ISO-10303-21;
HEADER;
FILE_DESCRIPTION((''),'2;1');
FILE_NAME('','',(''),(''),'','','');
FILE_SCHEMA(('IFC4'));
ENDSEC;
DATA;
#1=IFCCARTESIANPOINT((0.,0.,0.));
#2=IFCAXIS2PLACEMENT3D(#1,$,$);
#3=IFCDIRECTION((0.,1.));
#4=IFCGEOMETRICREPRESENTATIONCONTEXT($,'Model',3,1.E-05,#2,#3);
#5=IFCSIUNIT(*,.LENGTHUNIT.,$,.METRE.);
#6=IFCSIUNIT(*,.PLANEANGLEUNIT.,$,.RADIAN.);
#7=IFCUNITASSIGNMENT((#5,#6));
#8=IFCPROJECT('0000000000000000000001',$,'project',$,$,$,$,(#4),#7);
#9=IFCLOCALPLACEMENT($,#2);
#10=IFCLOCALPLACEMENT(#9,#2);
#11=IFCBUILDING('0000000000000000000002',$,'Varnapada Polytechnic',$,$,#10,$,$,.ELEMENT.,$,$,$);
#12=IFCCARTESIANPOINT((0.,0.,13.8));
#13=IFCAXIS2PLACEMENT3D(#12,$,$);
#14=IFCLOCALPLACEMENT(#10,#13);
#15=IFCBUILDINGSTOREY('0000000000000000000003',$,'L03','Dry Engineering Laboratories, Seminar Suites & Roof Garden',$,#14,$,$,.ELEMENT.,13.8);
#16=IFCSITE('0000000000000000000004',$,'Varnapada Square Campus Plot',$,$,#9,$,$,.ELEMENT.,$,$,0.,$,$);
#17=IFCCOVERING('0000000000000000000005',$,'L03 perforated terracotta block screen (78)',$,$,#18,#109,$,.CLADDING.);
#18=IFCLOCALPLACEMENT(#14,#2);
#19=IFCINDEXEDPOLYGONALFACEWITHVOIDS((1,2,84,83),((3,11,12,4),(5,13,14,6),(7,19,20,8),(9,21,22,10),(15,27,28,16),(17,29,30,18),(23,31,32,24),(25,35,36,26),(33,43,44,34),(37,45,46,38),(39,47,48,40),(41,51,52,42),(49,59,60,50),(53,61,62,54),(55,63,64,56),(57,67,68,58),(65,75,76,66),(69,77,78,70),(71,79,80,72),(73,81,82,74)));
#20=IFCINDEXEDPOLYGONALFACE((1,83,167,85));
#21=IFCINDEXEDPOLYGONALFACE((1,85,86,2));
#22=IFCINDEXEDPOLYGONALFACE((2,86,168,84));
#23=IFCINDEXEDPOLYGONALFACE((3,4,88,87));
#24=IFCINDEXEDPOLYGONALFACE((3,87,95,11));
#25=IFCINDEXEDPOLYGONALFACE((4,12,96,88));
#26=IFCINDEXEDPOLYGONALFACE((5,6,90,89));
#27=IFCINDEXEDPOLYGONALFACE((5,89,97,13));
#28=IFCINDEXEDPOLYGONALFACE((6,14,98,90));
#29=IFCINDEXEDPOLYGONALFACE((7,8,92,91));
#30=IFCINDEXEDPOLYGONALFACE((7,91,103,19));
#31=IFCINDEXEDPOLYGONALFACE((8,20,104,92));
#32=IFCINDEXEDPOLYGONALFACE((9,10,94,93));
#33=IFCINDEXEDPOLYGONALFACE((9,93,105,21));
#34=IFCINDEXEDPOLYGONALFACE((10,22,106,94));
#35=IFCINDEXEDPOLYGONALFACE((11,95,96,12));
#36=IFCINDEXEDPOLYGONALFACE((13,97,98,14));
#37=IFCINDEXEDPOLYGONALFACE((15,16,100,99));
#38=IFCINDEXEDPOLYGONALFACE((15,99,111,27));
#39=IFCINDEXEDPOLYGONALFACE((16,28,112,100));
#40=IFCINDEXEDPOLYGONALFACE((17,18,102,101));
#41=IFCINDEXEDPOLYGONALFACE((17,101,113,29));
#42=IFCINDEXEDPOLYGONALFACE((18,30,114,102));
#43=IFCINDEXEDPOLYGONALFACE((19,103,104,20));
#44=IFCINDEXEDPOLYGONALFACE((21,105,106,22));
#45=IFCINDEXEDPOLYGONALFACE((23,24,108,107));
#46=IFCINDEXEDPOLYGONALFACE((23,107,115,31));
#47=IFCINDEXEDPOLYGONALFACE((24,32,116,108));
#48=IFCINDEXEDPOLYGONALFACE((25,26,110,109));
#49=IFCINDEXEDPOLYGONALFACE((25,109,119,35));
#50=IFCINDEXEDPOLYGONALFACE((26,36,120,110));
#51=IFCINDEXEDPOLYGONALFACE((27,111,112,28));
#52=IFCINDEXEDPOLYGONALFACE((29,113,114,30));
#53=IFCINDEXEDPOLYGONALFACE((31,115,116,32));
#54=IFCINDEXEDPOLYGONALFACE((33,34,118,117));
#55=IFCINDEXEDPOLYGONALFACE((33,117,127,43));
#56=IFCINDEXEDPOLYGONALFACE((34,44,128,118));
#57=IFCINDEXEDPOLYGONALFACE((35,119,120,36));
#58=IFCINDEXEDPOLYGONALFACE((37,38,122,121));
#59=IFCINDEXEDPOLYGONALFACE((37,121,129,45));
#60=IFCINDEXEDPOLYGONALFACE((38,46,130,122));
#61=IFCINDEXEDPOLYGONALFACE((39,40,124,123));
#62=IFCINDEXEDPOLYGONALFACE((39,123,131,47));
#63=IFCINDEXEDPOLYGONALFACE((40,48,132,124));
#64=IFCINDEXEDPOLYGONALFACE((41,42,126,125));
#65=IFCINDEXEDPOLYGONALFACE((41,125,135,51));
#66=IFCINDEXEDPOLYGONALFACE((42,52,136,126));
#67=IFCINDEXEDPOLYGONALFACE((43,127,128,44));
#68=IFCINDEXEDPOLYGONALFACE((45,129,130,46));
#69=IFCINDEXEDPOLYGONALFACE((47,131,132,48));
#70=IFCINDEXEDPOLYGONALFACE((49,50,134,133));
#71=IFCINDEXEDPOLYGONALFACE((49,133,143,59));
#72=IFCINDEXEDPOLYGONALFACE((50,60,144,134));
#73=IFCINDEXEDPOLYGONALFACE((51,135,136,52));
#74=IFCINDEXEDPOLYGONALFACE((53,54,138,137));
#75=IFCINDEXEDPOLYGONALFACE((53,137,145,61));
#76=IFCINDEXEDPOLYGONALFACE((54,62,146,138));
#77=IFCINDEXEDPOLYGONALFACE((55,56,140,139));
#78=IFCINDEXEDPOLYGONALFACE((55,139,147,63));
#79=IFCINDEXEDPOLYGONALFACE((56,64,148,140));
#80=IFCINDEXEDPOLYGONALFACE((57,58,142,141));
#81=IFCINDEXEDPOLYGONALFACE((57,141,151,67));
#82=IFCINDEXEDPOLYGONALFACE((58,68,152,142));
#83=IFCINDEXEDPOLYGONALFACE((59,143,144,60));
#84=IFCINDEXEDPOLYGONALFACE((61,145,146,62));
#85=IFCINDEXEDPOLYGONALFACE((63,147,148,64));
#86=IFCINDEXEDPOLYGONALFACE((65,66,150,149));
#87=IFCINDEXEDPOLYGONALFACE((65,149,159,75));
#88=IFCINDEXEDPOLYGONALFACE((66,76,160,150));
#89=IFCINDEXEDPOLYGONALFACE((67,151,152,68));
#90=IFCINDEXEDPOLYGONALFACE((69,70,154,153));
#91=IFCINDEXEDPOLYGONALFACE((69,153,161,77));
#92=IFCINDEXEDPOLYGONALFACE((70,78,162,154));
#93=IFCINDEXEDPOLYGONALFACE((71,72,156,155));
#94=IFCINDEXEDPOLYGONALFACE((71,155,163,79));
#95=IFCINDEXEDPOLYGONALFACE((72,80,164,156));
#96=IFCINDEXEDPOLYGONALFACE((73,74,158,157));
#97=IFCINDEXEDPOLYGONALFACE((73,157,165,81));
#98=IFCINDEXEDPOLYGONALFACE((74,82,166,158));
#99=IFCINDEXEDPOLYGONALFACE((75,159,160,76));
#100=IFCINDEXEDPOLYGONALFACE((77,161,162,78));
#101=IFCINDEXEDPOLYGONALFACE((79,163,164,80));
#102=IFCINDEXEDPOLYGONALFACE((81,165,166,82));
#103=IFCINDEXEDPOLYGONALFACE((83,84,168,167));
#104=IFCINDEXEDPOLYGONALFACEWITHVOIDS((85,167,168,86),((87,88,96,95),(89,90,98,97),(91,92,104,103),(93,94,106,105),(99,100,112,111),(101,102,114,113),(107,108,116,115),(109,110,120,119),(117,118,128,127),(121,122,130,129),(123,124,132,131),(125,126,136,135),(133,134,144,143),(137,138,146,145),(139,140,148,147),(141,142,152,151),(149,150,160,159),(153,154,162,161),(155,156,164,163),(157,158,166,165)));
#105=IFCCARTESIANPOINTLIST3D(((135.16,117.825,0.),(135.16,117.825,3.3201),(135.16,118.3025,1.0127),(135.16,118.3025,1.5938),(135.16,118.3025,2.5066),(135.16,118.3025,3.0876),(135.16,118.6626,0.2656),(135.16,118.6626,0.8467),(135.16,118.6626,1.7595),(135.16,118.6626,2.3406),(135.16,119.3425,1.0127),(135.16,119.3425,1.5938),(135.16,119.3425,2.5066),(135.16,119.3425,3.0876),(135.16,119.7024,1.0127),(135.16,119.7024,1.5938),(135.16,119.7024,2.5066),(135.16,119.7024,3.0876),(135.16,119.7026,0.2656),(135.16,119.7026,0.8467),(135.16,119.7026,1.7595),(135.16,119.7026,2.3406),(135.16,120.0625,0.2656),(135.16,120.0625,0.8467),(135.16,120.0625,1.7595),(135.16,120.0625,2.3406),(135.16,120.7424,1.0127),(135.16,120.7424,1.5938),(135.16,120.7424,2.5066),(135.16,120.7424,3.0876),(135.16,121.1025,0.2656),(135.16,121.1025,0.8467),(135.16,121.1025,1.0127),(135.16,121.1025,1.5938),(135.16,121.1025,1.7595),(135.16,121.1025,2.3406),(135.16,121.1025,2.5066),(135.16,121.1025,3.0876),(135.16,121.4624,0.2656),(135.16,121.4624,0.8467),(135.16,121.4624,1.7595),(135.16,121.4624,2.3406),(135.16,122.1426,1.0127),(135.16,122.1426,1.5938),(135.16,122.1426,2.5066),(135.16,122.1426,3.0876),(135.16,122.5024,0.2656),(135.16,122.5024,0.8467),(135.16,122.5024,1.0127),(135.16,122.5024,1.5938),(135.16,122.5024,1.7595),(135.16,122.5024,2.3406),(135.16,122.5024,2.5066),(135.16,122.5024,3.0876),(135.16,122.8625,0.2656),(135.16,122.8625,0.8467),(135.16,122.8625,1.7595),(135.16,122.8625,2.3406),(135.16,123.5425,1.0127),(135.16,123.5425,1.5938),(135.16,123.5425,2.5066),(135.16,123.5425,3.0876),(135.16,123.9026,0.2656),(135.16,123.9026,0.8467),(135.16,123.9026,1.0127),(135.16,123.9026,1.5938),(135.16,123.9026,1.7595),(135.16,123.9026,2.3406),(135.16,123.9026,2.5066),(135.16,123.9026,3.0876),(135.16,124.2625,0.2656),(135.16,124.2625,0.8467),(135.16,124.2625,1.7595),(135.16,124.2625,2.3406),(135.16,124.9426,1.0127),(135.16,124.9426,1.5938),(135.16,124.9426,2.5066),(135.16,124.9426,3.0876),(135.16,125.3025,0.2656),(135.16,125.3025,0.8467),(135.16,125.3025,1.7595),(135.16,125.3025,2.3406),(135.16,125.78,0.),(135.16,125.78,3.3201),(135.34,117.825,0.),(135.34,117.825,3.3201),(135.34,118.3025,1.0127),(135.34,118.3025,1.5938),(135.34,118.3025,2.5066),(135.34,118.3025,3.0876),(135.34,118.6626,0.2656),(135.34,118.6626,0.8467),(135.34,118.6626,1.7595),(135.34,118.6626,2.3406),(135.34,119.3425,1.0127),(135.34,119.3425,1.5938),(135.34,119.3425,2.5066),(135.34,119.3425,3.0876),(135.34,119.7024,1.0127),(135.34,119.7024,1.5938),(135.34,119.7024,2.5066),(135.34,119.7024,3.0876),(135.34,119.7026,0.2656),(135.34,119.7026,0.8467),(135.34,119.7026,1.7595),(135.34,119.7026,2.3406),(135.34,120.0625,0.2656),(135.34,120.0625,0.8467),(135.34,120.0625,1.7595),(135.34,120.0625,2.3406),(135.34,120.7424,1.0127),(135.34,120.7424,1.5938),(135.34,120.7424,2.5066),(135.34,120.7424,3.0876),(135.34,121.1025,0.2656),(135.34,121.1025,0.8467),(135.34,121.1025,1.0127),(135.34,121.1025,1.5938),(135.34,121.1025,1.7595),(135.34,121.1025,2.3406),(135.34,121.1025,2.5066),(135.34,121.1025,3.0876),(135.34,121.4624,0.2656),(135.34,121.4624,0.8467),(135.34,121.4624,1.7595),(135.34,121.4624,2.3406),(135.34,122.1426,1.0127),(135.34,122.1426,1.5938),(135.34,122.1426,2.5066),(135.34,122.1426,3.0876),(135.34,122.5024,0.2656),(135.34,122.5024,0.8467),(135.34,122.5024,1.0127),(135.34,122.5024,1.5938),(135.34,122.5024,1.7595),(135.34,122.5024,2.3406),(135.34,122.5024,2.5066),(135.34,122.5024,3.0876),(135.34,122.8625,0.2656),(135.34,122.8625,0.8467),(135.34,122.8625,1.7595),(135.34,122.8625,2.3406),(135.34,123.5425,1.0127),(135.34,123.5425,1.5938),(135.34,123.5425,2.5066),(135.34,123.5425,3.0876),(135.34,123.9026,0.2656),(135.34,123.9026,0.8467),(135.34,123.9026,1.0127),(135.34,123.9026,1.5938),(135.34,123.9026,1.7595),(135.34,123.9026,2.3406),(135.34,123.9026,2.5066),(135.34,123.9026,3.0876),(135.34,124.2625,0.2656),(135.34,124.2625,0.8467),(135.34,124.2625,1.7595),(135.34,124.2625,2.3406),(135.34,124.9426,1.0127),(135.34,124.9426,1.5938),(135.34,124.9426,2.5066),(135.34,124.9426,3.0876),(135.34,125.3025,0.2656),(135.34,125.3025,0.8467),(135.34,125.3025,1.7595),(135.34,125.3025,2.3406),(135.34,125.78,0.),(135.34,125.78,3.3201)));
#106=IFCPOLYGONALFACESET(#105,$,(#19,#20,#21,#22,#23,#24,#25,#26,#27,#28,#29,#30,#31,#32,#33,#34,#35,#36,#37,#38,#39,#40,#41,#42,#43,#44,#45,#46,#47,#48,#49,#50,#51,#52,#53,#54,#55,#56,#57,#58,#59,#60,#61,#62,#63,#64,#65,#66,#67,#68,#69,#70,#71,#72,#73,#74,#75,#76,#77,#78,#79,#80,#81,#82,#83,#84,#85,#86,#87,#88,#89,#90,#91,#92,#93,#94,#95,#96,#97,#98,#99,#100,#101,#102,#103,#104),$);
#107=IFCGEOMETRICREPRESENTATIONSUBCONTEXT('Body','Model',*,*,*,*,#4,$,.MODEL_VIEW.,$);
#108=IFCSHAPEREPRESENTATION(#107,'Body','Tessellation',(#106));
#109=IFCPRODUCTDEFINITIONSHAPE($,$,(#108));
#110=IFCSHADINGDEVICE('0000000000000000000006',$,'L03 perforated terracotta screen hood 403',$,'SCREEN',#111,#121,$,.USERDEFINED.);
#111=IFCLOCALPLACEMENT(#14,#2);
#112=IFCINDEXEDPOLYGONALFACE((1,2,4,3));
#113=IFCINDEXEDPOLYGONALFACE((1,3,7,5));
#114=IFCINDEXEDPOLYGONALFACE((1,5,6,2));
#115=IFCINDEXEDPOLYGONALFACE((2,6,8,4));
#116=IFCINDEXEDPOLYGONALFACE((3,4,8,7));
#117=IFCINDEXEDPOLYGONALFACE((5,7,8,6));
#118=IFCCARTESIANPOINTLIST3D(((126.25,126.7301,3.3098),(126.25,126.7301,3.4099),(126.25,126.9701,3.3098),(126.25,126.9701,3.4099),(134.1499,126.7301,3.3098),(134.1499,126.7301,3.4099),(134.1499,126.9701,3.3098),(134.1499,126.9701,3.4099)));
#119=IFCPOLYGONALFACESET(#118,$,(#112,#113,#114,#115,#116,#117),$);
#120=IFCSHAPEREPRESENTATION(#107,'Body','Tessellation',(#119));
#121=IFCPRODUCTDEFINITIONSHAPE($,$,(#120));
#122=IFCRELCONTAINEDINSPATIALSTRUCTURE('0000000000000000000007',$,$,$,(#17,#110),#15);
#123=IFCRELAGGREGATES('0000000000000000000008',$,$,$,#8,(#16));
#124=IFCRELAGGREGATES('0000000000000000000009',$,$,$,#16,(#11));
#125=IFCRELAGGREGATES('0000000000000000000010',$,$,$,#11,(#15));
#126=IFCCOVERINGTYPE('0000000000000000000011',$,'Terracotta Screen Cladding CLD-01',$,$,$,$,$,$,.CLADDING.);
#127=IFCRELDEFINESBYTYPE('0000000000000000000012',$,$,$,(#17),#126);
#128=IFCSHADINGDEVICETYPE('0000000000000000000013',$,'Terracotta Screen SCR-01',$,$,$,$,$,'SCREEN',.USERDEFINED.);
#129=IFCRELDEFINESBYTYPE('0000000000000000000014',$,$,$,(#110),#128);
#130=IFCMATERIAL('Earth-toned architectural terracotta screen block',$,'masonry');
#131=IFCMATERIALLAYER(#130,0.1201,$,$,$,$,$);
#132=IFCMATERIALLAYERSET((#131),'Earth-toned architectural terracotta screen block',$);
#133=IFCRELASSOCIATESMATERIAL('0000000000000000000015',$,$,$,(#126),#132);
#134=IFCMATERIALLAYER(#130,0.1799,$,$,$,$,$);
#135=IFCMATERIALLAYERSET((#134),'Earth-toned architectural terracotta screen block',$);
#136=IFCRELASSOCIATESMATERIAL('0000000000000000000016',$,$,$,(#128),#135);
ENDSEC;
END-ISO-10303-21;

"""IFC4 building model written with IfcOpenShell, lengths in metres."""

from ifc_helpers import new_model, si_unit, direction, frame, frame_2d, origin, origin_2d, place, context, subcontext, project, spatial, rectangle, extrude, material, layer, layer_set, type_object, element, save


model = new_model("IFC4")

# Units and contexts
model_context = context("Model", 3, precision=1e-05, world=origin(), true_north=direction((0.0, 1.0)))
body_context = subcontext(model_context, "Body", "Model", "MODEL_VIEW")
ifc_project = project(units=[si_unit("LENGTHUNIT", "METRE"), si_unit("PLANEANGLEUNIT", "RADIAN")], contexts=[model_context])

# Site, building, storey
site_placement = place(None, origin())
site = spatial("IfcSite", under=ifc_project, at=site_placement, Name="Varnapada Square Campus Plot", CompositionType="ELEMENT", RefElevation=0.0)
building_placement = place(site_placement, origin())
building = spatial("IfcBuilding", under=site, at=building_placement, Name="Varnapada Polytechnic", CompositionType="ELEMENT")
storey_placement = place(building_placement, frame((0.0, 0.0, 13.8)))
storey = spatial("IfcBuildingStorey", under=building, at=storey_placement, Name="L03", Description="Dry Engineering Laboratories, Seminar Suites & Roof Garden", CompositionType="ELEMENT", Elevation=13.8)

# Covering, openings
ifc_material_1 = material(Name="Earth-toned architectural terracotta screen block", Category="masonry")
ifc_layer_1 = layer(ifc_material_1, 0.1201)
ifc_layer_set_1 = layer_set([ifc_layer_1], Name="Earth-toned architectural terracotta screen block")
covering_type_1 = type_object("IfcCoveringType", Name="Terracotta Screen Cladding CLD-01", PredefinedType="CLADDING", material=ifc_layer_set_1)
covering_1_placement = place(storey_placement, frame((135.25, 125.78, 0.0), z_axis=(0.0, 0.0, 1.0), x_axis=(0.0, -1.0, 0.0)))
covering_1 = element("IfcCovering", 1, at=covering_1_placement, inside=storey, type_object=covering_type_1, Name="L03 perforated terracotta block screen (78)", PredefinedType="CLADDING", context=body_context, shape_type="SweptSolid", body=[
    extrude(rectangle(XDim=7.9551, YDim=0.1799, at=frame_2d((3.9775, 0.0))), origin(), (0.0, 0.0, 1.0), 3.3201),
])
opening_1_placement = place(covering_1_placement, frame((0.4775, 0.0, 0.2656)))
element("IfcOpeningElement", 2, at=opening_1_placement, cuts=covering_1, PredefinedType="OPENING", context=body_context, shape_type="SweptSolid", body=[
    extrude(rectangle(XDim=1.04, YDim=0.5811, at=frame_2d((0.52, 0.2905))), frame((0.0, 0.0999, 0.0), z_axis=(0.0, -1.0, 0.0), x_axis=(1.0, 0.0, 0.0)), (0.0, 0.0, 1.0), 0.2),
])
opening_2_placement = place(covering_1_placement, frame((1.8774, 0.0, 0.2656)))
element("IfcOpeningElement", 3, at=opening_2_placement, cuts=covering_1, PredefinedType="OPENING", context=body_context, shape_type="SweptSolid", body=[
    extrude(rectangle(XDim=1.04, YDim=0.5811, at=frame_2d((0.52, 0.2905))), frame((0.0, 0.0999, 0.0), z_axis=(0.0, -1.0, 0.0), x_axis=(1.0, 0.0, 0.0)), (0.0, 0.0, 1.0), 0.2),
])
opening_3_placement = place(covering_1_placement, frame((3.2776, 0.0, 0.2656)))
element("IfcOpeningElement", 4, at=opening_3_placement, cuts=covering_1, PredefinedType="OPENING", context=body_context, shape_type="SweptSolid", body=[
    extrude(rectangle(XDim=1.04, YDim=0.5811, at=frame_2d((0.52, 0.2905))), frame((0.0, 0.0999, 0.0), z_axis=(0.0, -1.0, 0.0), x_axis=(1.0, 0.0, 0.0)), (0.0, 0.0, 1.0), 0.2),
])
opening_4_placement = place(covering_1_placement, frame((4.6775, 0.0, 0.2656)))
element("IfcOpeningElement", 5, at=opening_4_placement, cuts=covering_1, PredefinedType="OPENING", context=body_context, shape_type="SweptSolid", body=[
    extrude(rectangle(XDim=1.04, YDim=0.5811, at=frame_2d((0.52, 0.2905))), frame((0.0, 0.0999, 0.0), z_axis=(0.0, -1.0, 0.0), x_axis=(1.0, 0.0, 0.0)), (0.0, 0.0, 1.0), 0.2),
])
opening_5_placement = place(covering_1_placement, frame((6.0774, 0.0, 0.2656)))
element("IfcOpeningElement", 6, at=opening_5_placement, cuts=covering_1, PredefinedType="OPENING", context=body_context, shape_type="SweptSolid", body=[
    extrude(rectangle(XDim=1.04, YDim=0.5811, at=frame_2d((0.52, 0.2905))), frame((0.0, 0.0999, 0.0), z_axis=(0.0, -1.0, 0.0), x_axis=(1.0, 0.0, 0.0)), (0.0, 0.0, 1.0), 0.2),
])
opening_6_placement = place(covering_1_placement, frame((0.8374, 0.0, 1.0127)))
element("IfcOpeningElement", 7, at=opening_6_placement, cuts=covering_1, PredefinedType="OPENING", context=body_context, shape_type="SweptSolid", body=[
    extrude(rectangle(XDim=1.04, YDim=0.5811, at=frame_2d((0.52, 0.2905))), frame((0.0, 0.0999, 0.0), z_axis=(0.0, -1.0, 0.0), x_axis=(1.0, 0.0, 0.0)), (0.0, 0.0, 1.0), 0.2),
])
opening_7_placement = place(covering_1_placement, frame((2.2375, 0.0, 1.0127)))
element("IfcOpeningElement", 8, at=opening_7_placement, cuts=covering_1, PredefinedType="OPENING", context=body_context, shape_type="SweptSolid", body=[
    extrude(rectangle(XDim=1.04, YDim=0.5811, at=frame_2d((0.52, 0.2905))), frame((0.0, 0.0999, 0.0), z_axis=(0.0, -1.0, 0.0), x_axis=(1.0, 0.0, 0.0)), (0.0, 0.0, 1.0), 0.2),
])
opening_8_placement = place(covering_1_placement, frame((3.6375, 0.0, 1.0127)))
element("IfcOpeningElement", 9, at=opening_8_placement, cuts=covering_1, PredefinedType="OPENING", context=body_context, shape_type="SweptSolid", body=[
    extrude(rectangle(XDim=1.04, YDim=0.5811, at=frame_2d((0.52, 0.2905))), frame((0.0, 0.0999, 0.0), z_axis=(0.0, -1.0, 0.0), x_axis=(1.0, 0.0, 0.0)), (0.0, 0.0, 1.0), 0.2),
])
opening_9_placement = place(covering_1_placement, frame((5.0376, 0.0, 1.0127)))
element("IfcOpeningElement", 10, at=opening_9_placement, cuts=covering_1, PredefinedType="OPENING", context=body_context, shape_type="SweptSolid", body=[
    extrude(rectangle(XDim=1.04, YDim=0.5811, at=frame_2d((0.52, 0.2905))), frame((0.0, 0.0999, 0.0), z_axis=(0.0, -1.0, 0.0), x_axis=(1.0, 0.0, 0.0)), (0.0, 0.0, 1.0), 0.2),
])
opening_10_placement = place(covering_1_placement, frame((6.4375, 0.0, 1.0127)))
element("IfcOpeningElement", 11, at=opening_10_placement, cuts=covering_1, PredefinedType="OPENING", context=body_context, shape_type="SweptSolid", body=[
    extrude(rectangle(XDim=1.04, YDim=0.5811, at=frame_2d((0.52, 0.2905))), frame((0.0, 0.0999, 0.0), z_axis=(0.0, -1.0, 0.0), x_axis=(1.0, 0.0, 0.0)), (0.0, 0.0, 1.0), 0.2),
])
opening_11_placement = place(covering_1_placement, frame((0.4775, 0.0, 1.7595)))
element("IfcOpeningElement", 12, at=opening_11_placement, cuts=covering_1, PredefinedType="OPENING", context=body_context, shape_type="SweptSolid", body=[
    extrude(rectangle(XDim=1.04, YDim=0.5811, at=frame_2d((0.52, 0.2905))), frame((0.0, 0.0999, 0.0), z_axis=(0.0, -1.0, 0.0), x_axis=(1.0, 0.0, 0.0)), (0.0, 0.0, 1.0), 0.2),
])
opening_12_placement = place(covering_1_placement, frame((1.8774, 0.0, 1.7595)))
element("IfcOpeningElement", 13, at=opening_12_placement, cuts=covering_1, PredefinedType="OPENING", context=body_context, shape_type="SweptSolid", body=[
    extrude(rectangle(XDim=1.04, YDim=0.5811, at=frame_2d((0.52, 0.2905))), frame((0.0, 0.0999, 0.0), z_axis=(0.0, -1.0, 0.0), x_axis=(1.0, 0.0, 0.0)), (0.0, 0.0, 1.0), 0.2),
])
opening_13_placement = place(covering_1_placement, frame((3.2776, 0.0, 1.7595)))
element("IfcOpeningElement", 14, at=opening_13_placement, cuts=covering_1, PredefinedType="OPENING", context=body_context, shape_type="SweptSolid", body=[
    extrude(rectangle(XDim=1.04, YDim=0.5811, at=frame_2d((0.52, 0.2905))), frame((0.0, 0.0999, 0.0), z_axis=(0.0, -1.0, 0.0), x_axis=(1.0, 0.0, 0.0)), (0.0, 0.0, 1.0), 0.2),
])
opening_14_placement = place(covering_1_placement, frame((4.6775, 0.0, 1.7595)))
element("IfcOpeningElement", 15, at=opening_14_placement, cuts=covering_1, PredefinedType="OPENING", context=body_context, shape_type="SweptSolid", body=[
    extrude(rectangle(XDim=1.04, YDim=0.5811, at=frame_2d((0.52, 0.2905))), frame((0.0, 0.0999, 0.0), z_axis=(0.0, -1.0, 0.0), x_axis=(1.0, 0.0, 0.0)), (0.0, 0.0, 1.0), 0.2),
])
opening_15_placement = place(covering_1_placement, frame((6.0774, 0.0, 1.7595)))
element("IfcOpeningElement", 16, at=opening_15_placement, cuts=covering_1, PredefinedType="OPENING", context=body_context, shape_type="SweptSolid", body=[
    extrude(rectangle(XDim=1.04, YDim=0.5811, at=frame_2d((0.52, 0.2905))), frame((0.0, 0.0999, 0.0), z_axis=(0.0, -1.0, 0.0), x_axis=(1.0, 0.0, 0.0)), (0.0, 0.0, 1.0), 0.2),
])
opening_16_placement = place(covering_1_placement, frame((0.8374, 0.0, 2.5066)))
element("IfcOpeningElement", 17, at=opening_16_placement, cuts=covering_1, PredefinedType="OPENING", context=body_context, shape_type="SweptSolid", body=[
    extrude(rectangle(XDim=1.04, YDim=0.5811, at=frame_2d((0.52, 0.2905))), frame((0.0, 0.0999, 0.0), z_axis=(0.0, -1.0, 0.0), x_axis=(1.0, 0.0, 0.0)), (0.0, 0.0, 1.0), 0.2),
])
opening_17_placement = place(covering_1_placement, frame((2.2375, 0.0, 2.5066)))
element("IfcOpeningElement", 18, at=opening_17_placement, cuts=covering_1, PredefinedType="OPENING", context=body_context, shape_type="SweptSolid", body=[
    extrude(rectangle(XDim=1.04, YDim=0.5811, at=frame_2d((0.52, 0.2905))), frame((0.0, 0.0999, 0.0), z_axis=(0.0, -1.0, 0.0), x_axis=(1.0, 0.0, 0.0)), (0.0, 0.0, 1.0), 0.2),
])
opening_18_placement = place(covering_1_placement, frame((3.6375, 0.0, 2.5066)))
element("IfcOpeningElement", 19, at=opening_18_placement, cuts=covering_1, PredefinedType="OPENING", context=body_context, shape_type="SweptSolid", body=[
    extrude(rectangle(XDim=1.04, YDim=0.5811, at=frame_2d((0.52, 0.2905))), frame((0.0, 0.0999, 0.0), z_axis=(0.0, -1.0, 0.0), x_axis=(1.0, 0.0, 0.0)), (0.0, 0.0, 1.0), 0.2),
])
opening_19_placement = place(covering_1_placement, frame((5.0376, 0.0, 2.5066)))
element("IfcOpeningElement", 20, at=opening_19_placement, cuts=covering_1, PredefinedType="OPENING", context=body_context, shape_type="SweptSolid", body=[
    extrude(rectangle(XDim=1.04, YDim=0.5811, at=frame_2d((0.52, 0.2905))), frame((0.0, 0.0999, 0.0), z_axis=(0.0, -1.0, 0.0), x_axis=(1.0, 0.0, 0.0)), (0.0, 0.0, 1.0), 0.2),
])
opening_20_placement = place(covering_1_placement, frame((6.4375, 0.0, 2.5066)))
element("IfcOpeningElement", 21, at=opening_20_placement, cuts=covering_1, PredefinedType="OPENING", context=body_context, shape_type="SweptSolid", body=[
    extrude(rectangle(XDim=1.04, YDim=0.5811, at=frame_2d((0.52, 0.2905))), frame((0.0, 0.0999, 0.0), z_axis=(0.0, -1.0, 0.0), x_axis=(1.0, 0.0, 0.0)), (0.0, 0.0, 1.0), 0.2),
])

# Shading device
ifc_layer_2 = layer(ifc_material_1, 0.1799)
ifc_layer_set_2 = layer_set([ifc_layer_2], Name="Earth-toned architectural terracotta screen block")
shading_device_type_1 = type_object("IfcShadingDeviceType", Name="Terracotta Screen SCR-01", ElementType="SCREEN", PredefinedType="USERDEFINED", material=ifc_layer_set_2)
shading_device_1_placement = place(storey_placement, frame((130.2, 126.8501, 3.3098), z_axis=(0.0, 0.0, 1.0), x_axis=(1.0, 0.0, 0.0)))
element("IfcShadingDevice", 22, at=shading_device_1_placement, inside=storey, type_object=shading_device_type_1, Name="L03 perforated terracotta screen hood 403", ObjectType="SCREEN", PredefinedType="USERDEFINED", context=body_context, shape_type="SweptSolid", body=[
    extrude(rectangle(XDim=7.8999, YDim=0.24, at=origin_2d()), origin(), (0.0, 0.0, 1.0), 0.1001),
])

save(model, "model.ifc")
